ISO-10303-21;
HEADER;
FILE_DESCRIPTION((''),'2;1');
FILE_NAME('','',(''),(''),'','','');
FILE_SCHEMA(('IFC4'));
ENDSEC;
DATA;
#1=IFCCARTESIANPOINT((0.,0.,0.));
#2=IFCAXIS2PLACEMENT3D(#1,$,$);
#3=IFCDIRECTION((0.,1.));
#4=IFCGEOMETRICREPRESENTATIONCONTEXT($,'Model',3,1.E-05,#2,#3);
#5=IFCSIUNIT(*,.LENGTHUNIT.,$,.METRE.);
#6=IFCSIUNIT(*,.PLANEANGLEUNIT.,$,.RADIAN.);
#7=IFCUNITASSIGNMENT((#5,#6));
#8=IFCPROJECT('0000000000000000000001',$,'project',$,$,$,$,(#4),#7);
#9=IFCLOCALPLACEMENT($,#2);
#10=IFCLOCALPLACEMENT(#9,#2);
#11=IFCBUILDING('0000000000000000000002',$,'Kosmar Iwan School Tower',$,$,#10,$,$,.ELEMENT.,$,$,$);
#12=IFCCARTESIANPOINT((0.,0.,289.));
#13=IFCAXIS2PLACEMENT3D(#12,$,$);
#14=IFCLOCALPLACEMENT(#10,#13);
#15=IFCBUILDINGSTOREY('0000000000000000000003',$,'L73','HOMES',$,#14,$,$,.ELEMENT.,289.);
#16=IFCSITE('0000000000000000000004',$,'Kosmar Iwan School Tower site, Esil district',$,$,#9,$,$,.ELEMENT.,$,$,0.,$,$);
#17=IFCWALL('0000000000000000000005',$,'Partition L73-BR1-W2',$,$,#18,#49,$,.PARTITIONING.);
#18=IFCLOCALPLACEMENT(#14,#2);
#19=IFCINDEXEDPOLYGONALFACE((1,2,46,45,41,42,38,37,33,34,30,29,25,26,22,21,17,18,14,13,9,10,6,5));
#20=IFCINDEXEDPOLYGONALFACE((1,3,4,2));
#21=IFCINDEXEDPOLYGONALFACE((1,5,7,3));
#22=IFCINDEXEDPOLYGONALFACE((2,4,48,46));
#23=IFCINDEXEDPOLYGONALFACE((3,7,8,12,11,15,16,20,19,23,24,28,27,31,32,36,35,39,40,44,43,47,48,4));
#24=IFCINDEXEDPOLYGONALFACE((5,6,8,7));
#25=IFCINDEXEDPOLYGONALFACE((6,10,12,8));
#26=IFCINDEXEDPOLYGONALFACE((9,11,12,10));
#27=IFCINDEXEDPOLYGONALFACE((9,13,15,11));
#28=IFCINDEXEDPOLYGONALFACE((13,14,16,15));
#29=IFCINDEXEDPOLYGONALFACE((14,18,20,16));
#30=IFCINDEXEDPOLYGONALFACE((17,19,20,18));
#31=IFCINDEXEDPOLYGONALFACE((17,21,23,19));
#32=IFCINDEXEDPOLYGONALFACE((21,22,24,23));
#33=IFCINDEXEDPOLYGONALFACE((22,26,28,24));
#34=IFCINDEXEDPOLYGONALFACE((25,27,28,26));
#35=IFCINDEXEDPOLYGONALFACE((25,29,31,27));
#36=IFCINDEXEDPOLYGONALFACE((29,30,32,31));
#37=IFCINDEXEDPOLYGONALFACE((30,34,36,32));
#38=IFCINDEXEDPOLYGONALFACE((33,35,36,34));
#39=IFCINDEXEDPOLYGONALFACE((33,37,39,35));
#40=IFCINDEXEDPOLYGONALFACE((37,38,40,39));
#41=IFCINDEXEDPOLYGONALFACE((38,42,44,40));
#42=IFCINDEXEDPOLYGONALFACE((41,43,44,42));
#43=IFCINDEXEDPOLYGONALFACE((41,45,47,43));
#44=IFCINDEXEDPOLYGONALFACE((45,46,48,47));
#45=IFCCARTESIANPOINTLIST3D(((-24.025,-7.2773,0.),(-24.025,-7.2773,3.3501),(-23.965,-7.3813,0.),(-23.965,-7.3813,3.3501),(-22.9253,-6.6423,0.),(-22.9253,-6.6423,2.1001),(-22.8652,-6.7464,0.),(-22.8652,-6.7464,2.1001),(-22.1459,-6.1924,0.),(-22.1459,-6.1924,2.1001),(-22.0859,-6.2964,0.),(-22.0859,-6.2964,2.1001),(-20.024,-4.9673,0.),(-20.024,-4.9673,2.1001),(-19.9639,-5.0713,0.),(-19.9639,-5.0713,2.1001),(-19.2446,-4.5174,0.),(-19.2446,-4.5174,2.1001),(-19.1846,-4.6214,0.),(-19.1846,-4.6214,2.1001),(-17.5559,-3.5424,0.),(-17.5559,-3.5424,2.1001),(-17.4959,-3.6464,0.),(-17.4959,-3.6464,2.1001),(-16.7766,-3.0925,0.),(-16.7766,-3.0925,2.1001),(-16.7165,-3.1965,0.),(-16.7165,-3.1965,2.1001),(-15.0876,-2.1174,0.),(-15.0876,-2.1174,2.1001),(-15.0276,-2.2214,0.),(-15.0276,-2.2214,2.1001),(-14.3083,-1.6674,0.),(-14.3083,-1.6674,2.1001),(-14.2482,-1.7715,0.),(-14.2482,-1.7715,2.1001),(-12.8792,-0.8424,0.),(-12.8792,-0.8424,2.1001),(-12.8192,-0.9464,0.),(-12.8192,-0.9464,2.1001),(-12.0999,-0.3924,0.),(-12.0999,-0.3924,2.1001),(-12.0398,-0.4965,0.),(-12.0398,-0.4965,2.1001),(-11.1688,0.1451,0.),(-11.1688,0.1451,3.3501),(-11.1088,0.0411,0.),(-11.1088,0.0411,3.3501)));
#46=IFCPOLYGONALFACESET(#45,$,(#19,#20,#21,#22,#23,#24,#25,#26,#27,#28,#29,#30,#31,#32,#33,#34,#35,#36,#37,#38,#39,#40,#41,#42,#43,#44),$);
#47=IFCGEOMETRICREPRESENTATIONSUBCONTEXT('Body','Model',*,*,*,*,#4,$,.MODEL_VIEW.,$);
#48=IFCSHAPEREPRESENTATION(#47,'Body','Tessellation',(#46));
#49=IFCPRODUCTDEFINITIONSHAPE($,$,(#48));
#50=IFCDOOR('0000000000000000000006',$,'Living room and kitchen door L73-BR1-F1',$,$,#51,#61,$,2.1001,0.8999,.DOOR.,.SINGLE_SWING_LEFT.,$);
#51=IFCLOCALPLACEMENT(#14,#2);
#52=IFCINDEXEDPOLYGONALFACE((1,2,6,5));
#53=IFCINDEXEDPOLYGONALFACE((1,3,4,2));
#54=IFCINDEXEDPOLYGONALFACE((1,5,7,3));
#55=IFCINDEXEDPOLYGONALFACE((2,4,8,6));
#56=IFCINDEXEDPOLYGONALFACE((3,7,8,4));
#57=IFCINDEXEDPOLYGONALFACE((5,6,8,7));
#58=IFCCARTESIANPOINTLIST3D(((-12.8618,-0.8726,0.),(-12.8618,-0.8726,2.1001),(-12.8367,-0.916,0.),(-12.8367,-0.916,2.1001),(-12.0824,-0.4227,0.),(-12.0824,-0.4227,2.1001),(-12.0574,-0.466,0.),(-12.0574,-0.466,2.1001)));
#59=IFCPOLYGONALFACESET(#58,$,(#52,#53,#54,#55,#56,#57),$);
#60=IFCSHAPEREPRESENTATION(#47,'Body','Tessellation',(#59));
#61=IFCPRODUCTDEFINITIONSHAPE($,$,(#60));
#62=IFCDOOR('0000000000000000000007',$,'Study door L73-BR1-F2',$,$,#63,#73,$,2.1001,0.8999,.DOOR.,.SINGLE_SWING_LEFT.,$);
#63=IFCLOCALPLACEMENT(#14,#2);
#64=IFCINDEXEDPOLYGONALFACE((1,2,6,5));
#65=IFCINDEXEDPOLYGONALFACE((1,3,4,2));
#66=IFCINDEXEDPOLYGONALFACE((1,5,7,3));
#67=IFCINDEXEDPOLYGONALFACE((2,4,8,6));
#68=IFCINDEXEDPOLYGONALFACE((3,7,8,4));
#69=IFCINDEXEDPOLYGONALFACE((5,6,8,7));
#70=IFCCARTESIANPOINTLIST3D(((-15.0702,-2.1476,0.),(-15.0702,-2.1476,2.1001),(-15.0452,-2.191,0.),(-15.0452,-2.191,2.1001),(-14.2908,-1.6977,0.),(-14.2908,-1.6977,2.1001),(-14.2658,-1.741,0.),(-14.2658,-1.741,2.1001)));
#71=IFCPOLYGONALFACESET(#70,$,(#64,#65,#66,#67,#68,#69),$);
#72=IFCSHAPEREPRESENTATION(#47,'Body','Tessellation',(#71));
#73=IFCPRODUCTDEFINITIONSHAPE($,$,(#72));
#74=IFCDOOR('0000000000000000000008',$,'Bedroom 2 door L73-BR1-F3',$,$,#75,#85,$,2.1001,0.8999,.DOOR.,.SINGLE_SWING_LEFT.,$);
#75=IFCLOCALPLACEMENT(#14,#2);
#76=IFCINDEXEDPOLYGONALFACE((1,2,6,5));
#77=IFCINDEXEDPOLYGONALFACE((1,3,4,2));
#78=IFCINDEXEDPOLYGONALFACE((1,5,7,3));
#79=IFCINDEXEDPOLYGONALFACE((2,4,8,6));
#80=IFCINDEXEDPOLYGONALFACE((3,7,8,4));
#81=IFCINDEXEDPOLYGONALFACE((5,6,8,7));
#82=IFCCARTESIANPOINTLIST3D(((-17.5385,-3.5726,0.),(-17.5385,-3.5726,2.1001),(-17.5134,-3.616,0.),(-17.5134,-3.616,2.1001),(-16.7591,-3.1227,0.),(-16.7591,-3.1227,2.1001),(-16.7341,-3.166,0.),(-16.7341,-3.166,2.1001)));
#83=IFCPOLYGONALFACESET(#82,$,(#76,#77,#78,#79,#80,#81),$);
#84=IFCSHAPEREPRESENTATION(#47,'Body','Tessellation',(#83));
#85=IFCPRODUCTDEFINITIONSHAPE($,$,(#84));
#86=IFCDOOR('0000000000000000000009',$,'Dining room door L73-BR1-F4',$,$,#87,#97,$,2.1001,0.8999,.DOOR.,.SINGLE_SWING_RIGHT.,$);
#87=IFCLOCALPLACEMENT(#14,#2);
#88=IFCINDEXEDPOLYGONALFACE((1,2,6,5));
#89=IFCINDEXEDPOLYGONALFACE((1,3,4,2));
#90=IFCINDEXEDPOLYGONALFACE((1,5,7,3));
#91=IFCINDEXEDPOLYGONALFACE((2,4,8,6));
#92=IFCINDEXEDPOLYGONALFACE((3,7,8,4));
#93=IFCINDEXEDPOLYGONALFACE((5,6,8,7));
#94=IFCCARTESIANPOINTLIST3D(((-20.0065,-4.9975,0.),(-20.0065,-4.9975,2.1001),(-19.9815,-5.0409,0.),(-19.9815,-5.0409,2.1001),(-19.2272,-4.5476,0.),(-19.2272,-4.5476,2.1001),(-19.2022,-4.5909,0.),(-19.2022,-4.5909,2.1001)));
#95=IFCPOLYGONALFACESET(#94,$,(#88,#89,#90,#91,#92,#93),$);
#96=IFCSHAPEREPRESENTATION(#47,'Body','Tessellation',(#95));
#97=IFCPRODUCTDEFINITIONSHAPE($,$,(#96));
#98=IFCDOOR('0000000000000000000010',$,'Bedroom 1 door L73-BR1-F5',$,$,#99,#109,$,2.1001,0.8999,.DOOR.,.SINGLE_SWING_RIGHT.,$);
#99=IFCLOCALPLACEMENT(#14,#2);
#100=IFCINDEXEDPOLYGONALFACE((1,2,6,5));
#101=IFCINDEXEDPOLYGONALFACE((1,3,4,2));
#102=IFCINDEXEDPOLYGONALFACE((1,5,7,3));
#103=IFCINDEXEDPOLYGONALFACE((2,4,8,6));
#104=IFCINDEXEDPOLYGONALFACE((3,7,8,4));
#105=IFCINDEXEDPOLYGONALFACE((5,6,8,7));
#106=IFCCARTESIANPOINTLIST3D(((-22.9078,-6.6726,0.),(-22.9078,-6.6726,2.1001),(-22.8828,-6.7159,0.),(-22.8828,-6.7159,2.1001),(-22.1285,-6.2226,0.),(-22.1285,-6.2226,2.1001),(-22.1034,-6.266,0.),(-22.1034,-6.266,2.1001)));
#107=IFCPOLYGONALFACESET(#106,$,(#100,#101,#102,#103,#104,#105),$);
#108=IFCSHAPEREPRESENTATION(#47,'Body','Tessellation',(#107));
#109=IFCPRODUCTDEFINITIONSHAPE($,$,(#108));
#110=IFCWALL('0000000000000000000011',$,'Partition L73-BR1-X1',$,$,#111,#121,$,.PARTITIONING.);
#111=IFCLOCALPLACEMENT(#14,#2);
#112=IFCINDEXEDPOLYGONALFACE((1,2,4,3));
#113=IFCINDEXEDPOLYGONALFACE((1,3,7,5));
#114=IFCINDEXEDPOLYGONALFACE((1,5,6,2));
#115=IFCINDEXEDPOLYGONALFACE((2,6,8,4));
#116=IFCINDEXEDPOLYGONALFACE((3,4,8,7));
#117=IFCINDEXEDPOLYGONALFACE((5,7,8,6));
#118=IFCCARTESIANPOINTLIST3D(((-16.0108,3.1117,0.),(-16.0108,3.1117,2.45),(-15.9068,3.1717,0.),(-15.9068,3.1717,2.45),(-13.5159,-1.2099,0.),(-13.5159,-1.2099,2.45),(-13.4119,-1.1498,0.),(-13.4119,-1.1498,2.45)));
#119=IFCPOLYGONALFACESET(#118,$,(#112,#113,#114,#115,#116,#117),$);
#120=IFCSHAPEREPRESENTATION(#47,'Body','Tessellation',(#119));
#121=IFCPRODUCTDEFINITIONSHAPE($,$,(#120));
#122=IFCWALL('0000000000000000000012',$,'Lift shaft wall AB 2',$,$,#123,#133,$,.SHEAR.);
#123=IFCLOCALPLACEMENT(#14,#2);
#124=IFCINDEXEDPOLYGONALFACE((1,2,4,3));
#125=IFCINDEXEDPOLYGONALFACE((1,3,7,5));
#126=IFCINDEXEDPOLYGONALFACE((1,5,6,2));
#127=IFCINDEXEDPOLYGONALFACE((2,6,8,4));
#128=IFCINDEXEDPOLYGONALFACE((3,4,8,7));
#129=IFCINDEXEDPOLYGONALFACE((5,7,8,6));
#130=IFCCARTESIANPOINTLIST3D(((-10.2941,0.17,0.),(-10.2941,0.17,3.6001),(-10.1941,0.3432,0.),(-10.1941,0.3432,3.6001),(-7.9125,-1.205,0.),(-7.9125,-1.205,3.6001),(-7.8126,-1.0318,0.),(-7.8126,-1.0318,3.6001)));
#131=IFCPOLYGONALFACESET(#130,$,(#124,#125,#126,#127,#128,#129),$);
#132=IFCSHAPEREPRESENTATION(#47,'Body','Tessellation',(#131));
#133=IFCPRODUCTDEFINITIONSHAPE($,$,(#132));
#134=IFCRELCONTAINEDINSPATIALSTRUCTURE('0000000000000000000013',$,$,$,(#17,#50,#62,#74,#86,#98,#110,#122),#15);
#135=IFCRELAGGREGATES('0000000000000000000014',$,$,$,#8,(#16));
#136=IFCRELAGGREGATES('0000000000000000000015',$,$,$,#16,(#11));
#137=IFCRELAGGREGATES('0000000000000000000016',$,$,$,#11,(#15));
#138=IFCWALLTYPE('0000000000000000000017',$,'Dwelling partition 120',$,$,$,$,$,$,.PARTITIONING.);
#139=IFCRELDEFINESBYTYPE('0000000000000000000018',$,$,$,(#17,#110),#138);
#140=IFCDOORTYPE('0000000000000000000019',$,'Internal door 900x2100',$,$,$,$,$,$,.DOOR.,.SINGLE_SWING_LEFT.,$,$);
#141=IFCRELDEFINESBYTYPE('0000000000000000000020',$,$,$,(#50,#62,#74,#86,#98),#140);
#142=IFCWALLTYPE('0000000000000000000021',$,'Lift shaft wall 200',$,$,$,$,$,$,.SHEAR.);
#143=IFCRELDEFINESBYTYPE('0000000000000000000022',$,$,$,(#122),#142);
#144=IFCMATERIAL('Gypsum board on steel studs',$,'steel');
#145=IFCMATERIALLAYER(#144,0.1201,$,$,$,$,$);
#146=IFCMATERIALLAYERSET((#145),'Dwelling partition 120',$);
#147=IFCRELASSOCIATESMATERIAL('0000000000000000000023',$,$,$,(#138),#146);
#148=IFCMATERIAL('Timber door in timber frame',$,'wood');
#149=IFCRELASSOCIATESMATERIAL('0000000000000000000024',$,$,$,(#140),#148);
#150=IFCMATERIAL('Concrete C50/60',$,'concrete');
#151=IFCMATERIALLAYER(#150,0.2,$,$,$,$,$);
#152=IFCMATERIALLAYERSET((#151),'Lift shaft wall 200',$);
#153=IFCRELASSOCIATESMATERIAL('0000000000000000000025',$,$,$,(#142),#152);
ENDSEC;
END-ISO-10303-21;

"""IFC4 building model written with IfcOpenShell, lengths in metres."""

from ifc_helpers import new_model, si_unit, direction, frame, frame_2d, origin, place, context, subcontext, project, spatial, rectangle, extrude, material, layer, layer_set, type_object, element, fill, save


model = new_model("IFC4")

# Units and contexts
model_context = context("Model", 3, precision=1e-05, world=origin(), true_north=direction((0.0, 1.0)))
body_context = subcontext(model_context, "Body", "Model", "MODEL_VIEW")
ifc_project = project(units=[si_unit("LENGTHUNIT", "METRE"), si_unit("PLANEANGLEUNIT", "RADIAN")], contexts=[model_context])

# Site, building, storey
site_placement = place(None, origin())
site = spatial("IfcSite", under=ifc_project, at=site_placement, Name="Kosmar Iwan School Tower site, Esil district", CompositionType="ELEMENT", RefElevation=0.0)
building_placement = place(site_placement, origin())
building = spatial("IfcBuilding", under=site, at=building_placement, Name="Kosmar Iwan School Tower", CompositionType="ELEMENT")
storey_placement = place(building_placement, frame((0.0, 0.0, 289.0)))
storey = spatial("IfcBuildingStorey", under=building, at=storey_placement, Name="L73", Description="HOMES", CompositionType="ELEMENT", Elevation=289.0)

# Wall, openings, doors
ifc_material_1 = material(Name="Gypsum board on steel studs", Category="steel")
ifc_layer_1 = layer(ifc_material_1, 0.1201)
ifc_layer_set_1 = layer_set([ifc_layer_1], Name="Dwelling partition 120")
wall_type_1 = type_object("IfcWallType", Name="Dwelling partition 120", PredefinedType="PARTITIONING", material=ifc_layer_set_1)
ifc_material_2 = material(Name="Timber door in timber frame", Category="wood")
door_type_1 = type_object("IfcDoorType", Name="Internal door 900x2100", OperationType="SINGLE_SWING_LEFT", PredefinedType="DOOR", material=ifc_material_2)
wall_1_placement = place(storey_placement, frame((-11.1389, 0.093, 0.0), z_axis=(0.0, 0.0, 1.0), x_axis=(-0.86603, -0.499992, 0.0)))
wall_1 = element("IfcWall", 1, at=wall_1_placement, inside=storey, type_object=wall_type_1, Name="Partition L73-BR1-W2", PredefinedType="PARTITIONING", context=body_context, shape_type="SweptSolid", body=[
    extrude(rectangle(XDim=14.845, YDim=0.1201, at=frame_2d((7.4224, 0.0))), origin(), (0.0, 0.0, 1.0), 3.3501),
])
opening_1_placement = place(wall_1_placement, frame((1.075, 0.0, 0.0)))
opening_1 = element("IfcOpeningElement", 2, at=opening_1_placement, cuts=wall_1, PredefinedType="OPENING", context=body_context, shape_type="SweptSolid", body=[
    extrude(rectangle(XDim=0.8999, YDim=2.1001, at=frame_2d((0.45, 1.05))), frame((0.0, 0.072, 0.0), z_axis=(0.0, -1.0, 0.0), x_axis=(1.0, 0.0, 0.0)), (0.0, 0.0, 1.0), 0.144),
])
opening_2_placement = place(wall_1_placement, frame((3.625, 0.0, 0.0)))
opening_2 = element("IfcOpeningElement", 3, at=opening_2_placement, cuts=wall_1, PredefinedType="OPENING", context=body_context, shape_type="SweptSolid", body=[
    extrude(rectangle(XDim=0.8999, YDim=2.1001, at=frame_2d((0.45, 1.05))), frame((0.0, 0.072, 0.0), z_axis=(0.0, -1.0, 0.0), x_axis=(1.0, 0.0, 0.0)), (0.0, 0.0, 1.0), 0.144),
])
opening_3_placement = place(wall_1_placement, frame((6.4751, 0.0, 0.0)))
opening_3 = element("IfcOpeningElement", 4, at=opening_3_placement, cuts=wall_1, PredefinedType="OPENING", context=body_context, shape_type="SweptSolid", body=[
    extrude(rectangle(XDim=0.8999, YDim=2.1001, at=frame_2d((0.45, 1.05))), frame((0.0, 0.072, 0.0), z_axis=(0.0, -1.0, 0.0), x_axis=(1.0, 0.0, 0.0)), (0.0, 0.0, 1.0), 0.144),
])
opening_4_placement = place(wall_1_placement, frame((9.325, 0.0, 0.0)))
opening_4 = element("IfcOpeningElement", 5, at=opening_4_placement, cuts=wall_1, PredefinedType="OPENING", context=body_context, shape_type="SweptSolid", body=[
    extrude(rectangle(XDim=0.8999, YDim=2.1001, at=frame_2d((0.45, 1.05))), frame((0.0, 0.072, 0.0), z_axis=(0.0, -1.0, 0.0), x_axis=(1.0, 0.0, 0.0)), (0.0, 0.0, 1.0), 0.144),
])
opening_5_placement = place(wall_1_placement, frame((12.675, 0.0, 0.0)))
opening_5 = element("IfcOpeningElement", 6, at=opening_5_placement, cuts=wall_1, PredefinedType="OPENING", context=body_context, shape_type="SweptSolid", body=[
    extrude(rectangle(XDim=0.8999, YDim=2.1001, at=frame_2d((0.45, 1.05))), frame((0.0, 0.072, 0.0), z_axis=(0.0, -1.0, 0.0), x_axis=(1.0, 0.0, 0.0)), (0.0, 0.0, 1.0), 0.144),
])
door_1_placement = place(opening_1_placement, origin())
door_1 = element("IfcDoor", 7, at=door_1_placement, inside=storey, type_object=door_type_1, Name="Living room and kitchen door L73-BR1-F1", OperationType="SINGLE_SWING_LEFT", OverallHeight=2.1001, OverallWidth=0.8999, PredefinedType="DOOR", context=body_context, shape_type="SweptSolid", body=[
    extrude(rectangle(XDim=0.8999, YDim=2.1001, at=frame_2d((0.45, 1.05))), frame((0.0, 0.0249, 0.0), z_axis=(0.0, -1.0, 0.0), x_axis=(1.0, 0.0, 0.0)), (0.0, 0.0, 1.0), 0.05),
])
fill(opening_1, door_1)
door_2_placement = place(opening_2_placement, origin())
door_2 = element("IfcDoor", 8, at=door_2_placement, inside=storey, type_object=door_type_1, Name="Study door L73-BR1-F2", OperationType="SINGLE_SWING_LEFT", OverallHeight=2.1001, OverallWidth=0.8999, PredefinedType="DOOR", context=body_context, shape_type="SweptSolid", body=[
    extrude(rectangle(XDim=0.8999, YDim=2.1001, at=frame_2d((0.45, 1.05))), frame((0.0, 0.0249, 0.0), z_axis=(0.0, -1.0, 0.0), x_axis=(1.0, 0.0, 0.0)), (0.0, 0.0, 1.0), 0.05),
])
fill(opening_2, door_2)
door_3_placement = place(opening_3_placement, origin())
door_3 = element("IfcDoor", 9, at=door_3_placement, inside=storey, type_object=door_type_1, Name="Bedroom 2 door L73-BR1-F3", OperationType="SINGLE_SWING_LEFT", OverallHeight=2.1001, OverallWidth=0.8999, PredefinedType="DOOR", context=body_context, shape_type="SweptSolid", body=[
    extrude(rectangle(XDim=0.8999, YDim=2.1001, at=frame_2d((0.45, 1.05))), frame((0.0, 0.0249, 0.0), z_axis=(0.0, -1.0, 0.0), x_axis=(1.0, 0.0, 0.0)), (0.0, 0.0, 1.0), 0.05),
])
fill(opening_3, door_3)
door_4_placement = place(opening_4_placement, origin())
door_4 = element("IfcDoor", 10, at=door_4_placement, inside=storey, type_object=door_type_1, Name="Dining room door L73-BR1-F4", OperationType="SINGLE_SWING_RIGHT", OverallHeight=2.1001, OverallWidth=0.8999, PredefinedType="DOOR", context=body_context, shape_type="SweptSolid", body=[
    extrude(rectangle(XDim=0.8999, YDim=2.1001, at=frame_2d((0.45, 1.05))), frame((0.0, 0.0249, 0.0), z_axis=(0.0, -1.0, 0.0), x_axis=(1.0, 0.0, 0.0)), (0.0, 0.0, 1.0), 0.05),
])
fill(opening_4, door_4)
door_5_placement = place(opening_5_placement, origin())
door_5 = element("IfcDoor", 11, at=door_5_placement, inside=storey, type_object=door_type_1, Name="Bedroom 1 door L73-BR1-F5", OperationType="SINGLE_SWING_RIGHT", OverallHeight=2.1001, OverallWidth=0.8999, PredefinedType="DOOR", context=body_context, shape_type="SweptSolid", body=[
    extrude(rectangle(XDim=0.8999, YDim=2.1001, at=frame_2d((0.45, 1.05))), frame((0.0, 0.0249, 0.0), z_axis=(0.0, -1.0, 0.0), x_axis=(1.0, 0.0, 0.0)), (0.0, 0.0, 1.0), 0.05),
])
fill(opening_5, door_5)

# Walls
wall_2_placement = place(storey_placement, frame((-13.4639, -1.1799, 0.0), z_axis=(0.0, 0.0, 1.0), x_axis=(-0.499975, 0.86604, 0.0)))
element("IfcWall", 12, at=wall_2_placement, inside=storey, type_object=wall_type_1, Name="Partition L73-BR1-X1", PredefinedType="PARTITIONING", context=body_context, shape_type="SweptSolid", body=[
    extrude(rectangle(XDim=4.99, YDim=0.1201, at=frame_2d((2.4951, 0.0))), origin(), (0.0, 0.0, 1.0), 2.45),
])
ifc_material_3 = material(Name="Concrete C50/60", Category="concrete")
ifc_layer_2 = layer(ifc_material_3, 0.2)
ifc_layer_set_2 = layer_set([ifc_layer_2], Name="Lift shaft wall 200")
wall_type_2 = type_object("IfcWallType", Name="Lift shaft wall 200", PredefinedType="SHEAR", material=ifc_layer_set_2)
wall_3_placement = place(storey_placement, frame((-7.8625, -1.1184, 0.0), z_axis=(0.0, 0.0, 1.0), x_axis=(-0.866027, 0.499997, 0.0)))
element("IfcWall", 13, at=wall_3_placement, inside=storey, type_object=wall_type_2, Name="Lift shaft wall AB 2", PredefinedType="SHEAR", context=body_context, shape_type="SweptSolid", body=[
    extrude(rectangle(XDim=2.75, YDim=0.2, at=frame_2d((1.375, 0.0))), origin(), (0.0, 0.0, 1.0), 3.6001),
])

save(model, "model.ifc")
